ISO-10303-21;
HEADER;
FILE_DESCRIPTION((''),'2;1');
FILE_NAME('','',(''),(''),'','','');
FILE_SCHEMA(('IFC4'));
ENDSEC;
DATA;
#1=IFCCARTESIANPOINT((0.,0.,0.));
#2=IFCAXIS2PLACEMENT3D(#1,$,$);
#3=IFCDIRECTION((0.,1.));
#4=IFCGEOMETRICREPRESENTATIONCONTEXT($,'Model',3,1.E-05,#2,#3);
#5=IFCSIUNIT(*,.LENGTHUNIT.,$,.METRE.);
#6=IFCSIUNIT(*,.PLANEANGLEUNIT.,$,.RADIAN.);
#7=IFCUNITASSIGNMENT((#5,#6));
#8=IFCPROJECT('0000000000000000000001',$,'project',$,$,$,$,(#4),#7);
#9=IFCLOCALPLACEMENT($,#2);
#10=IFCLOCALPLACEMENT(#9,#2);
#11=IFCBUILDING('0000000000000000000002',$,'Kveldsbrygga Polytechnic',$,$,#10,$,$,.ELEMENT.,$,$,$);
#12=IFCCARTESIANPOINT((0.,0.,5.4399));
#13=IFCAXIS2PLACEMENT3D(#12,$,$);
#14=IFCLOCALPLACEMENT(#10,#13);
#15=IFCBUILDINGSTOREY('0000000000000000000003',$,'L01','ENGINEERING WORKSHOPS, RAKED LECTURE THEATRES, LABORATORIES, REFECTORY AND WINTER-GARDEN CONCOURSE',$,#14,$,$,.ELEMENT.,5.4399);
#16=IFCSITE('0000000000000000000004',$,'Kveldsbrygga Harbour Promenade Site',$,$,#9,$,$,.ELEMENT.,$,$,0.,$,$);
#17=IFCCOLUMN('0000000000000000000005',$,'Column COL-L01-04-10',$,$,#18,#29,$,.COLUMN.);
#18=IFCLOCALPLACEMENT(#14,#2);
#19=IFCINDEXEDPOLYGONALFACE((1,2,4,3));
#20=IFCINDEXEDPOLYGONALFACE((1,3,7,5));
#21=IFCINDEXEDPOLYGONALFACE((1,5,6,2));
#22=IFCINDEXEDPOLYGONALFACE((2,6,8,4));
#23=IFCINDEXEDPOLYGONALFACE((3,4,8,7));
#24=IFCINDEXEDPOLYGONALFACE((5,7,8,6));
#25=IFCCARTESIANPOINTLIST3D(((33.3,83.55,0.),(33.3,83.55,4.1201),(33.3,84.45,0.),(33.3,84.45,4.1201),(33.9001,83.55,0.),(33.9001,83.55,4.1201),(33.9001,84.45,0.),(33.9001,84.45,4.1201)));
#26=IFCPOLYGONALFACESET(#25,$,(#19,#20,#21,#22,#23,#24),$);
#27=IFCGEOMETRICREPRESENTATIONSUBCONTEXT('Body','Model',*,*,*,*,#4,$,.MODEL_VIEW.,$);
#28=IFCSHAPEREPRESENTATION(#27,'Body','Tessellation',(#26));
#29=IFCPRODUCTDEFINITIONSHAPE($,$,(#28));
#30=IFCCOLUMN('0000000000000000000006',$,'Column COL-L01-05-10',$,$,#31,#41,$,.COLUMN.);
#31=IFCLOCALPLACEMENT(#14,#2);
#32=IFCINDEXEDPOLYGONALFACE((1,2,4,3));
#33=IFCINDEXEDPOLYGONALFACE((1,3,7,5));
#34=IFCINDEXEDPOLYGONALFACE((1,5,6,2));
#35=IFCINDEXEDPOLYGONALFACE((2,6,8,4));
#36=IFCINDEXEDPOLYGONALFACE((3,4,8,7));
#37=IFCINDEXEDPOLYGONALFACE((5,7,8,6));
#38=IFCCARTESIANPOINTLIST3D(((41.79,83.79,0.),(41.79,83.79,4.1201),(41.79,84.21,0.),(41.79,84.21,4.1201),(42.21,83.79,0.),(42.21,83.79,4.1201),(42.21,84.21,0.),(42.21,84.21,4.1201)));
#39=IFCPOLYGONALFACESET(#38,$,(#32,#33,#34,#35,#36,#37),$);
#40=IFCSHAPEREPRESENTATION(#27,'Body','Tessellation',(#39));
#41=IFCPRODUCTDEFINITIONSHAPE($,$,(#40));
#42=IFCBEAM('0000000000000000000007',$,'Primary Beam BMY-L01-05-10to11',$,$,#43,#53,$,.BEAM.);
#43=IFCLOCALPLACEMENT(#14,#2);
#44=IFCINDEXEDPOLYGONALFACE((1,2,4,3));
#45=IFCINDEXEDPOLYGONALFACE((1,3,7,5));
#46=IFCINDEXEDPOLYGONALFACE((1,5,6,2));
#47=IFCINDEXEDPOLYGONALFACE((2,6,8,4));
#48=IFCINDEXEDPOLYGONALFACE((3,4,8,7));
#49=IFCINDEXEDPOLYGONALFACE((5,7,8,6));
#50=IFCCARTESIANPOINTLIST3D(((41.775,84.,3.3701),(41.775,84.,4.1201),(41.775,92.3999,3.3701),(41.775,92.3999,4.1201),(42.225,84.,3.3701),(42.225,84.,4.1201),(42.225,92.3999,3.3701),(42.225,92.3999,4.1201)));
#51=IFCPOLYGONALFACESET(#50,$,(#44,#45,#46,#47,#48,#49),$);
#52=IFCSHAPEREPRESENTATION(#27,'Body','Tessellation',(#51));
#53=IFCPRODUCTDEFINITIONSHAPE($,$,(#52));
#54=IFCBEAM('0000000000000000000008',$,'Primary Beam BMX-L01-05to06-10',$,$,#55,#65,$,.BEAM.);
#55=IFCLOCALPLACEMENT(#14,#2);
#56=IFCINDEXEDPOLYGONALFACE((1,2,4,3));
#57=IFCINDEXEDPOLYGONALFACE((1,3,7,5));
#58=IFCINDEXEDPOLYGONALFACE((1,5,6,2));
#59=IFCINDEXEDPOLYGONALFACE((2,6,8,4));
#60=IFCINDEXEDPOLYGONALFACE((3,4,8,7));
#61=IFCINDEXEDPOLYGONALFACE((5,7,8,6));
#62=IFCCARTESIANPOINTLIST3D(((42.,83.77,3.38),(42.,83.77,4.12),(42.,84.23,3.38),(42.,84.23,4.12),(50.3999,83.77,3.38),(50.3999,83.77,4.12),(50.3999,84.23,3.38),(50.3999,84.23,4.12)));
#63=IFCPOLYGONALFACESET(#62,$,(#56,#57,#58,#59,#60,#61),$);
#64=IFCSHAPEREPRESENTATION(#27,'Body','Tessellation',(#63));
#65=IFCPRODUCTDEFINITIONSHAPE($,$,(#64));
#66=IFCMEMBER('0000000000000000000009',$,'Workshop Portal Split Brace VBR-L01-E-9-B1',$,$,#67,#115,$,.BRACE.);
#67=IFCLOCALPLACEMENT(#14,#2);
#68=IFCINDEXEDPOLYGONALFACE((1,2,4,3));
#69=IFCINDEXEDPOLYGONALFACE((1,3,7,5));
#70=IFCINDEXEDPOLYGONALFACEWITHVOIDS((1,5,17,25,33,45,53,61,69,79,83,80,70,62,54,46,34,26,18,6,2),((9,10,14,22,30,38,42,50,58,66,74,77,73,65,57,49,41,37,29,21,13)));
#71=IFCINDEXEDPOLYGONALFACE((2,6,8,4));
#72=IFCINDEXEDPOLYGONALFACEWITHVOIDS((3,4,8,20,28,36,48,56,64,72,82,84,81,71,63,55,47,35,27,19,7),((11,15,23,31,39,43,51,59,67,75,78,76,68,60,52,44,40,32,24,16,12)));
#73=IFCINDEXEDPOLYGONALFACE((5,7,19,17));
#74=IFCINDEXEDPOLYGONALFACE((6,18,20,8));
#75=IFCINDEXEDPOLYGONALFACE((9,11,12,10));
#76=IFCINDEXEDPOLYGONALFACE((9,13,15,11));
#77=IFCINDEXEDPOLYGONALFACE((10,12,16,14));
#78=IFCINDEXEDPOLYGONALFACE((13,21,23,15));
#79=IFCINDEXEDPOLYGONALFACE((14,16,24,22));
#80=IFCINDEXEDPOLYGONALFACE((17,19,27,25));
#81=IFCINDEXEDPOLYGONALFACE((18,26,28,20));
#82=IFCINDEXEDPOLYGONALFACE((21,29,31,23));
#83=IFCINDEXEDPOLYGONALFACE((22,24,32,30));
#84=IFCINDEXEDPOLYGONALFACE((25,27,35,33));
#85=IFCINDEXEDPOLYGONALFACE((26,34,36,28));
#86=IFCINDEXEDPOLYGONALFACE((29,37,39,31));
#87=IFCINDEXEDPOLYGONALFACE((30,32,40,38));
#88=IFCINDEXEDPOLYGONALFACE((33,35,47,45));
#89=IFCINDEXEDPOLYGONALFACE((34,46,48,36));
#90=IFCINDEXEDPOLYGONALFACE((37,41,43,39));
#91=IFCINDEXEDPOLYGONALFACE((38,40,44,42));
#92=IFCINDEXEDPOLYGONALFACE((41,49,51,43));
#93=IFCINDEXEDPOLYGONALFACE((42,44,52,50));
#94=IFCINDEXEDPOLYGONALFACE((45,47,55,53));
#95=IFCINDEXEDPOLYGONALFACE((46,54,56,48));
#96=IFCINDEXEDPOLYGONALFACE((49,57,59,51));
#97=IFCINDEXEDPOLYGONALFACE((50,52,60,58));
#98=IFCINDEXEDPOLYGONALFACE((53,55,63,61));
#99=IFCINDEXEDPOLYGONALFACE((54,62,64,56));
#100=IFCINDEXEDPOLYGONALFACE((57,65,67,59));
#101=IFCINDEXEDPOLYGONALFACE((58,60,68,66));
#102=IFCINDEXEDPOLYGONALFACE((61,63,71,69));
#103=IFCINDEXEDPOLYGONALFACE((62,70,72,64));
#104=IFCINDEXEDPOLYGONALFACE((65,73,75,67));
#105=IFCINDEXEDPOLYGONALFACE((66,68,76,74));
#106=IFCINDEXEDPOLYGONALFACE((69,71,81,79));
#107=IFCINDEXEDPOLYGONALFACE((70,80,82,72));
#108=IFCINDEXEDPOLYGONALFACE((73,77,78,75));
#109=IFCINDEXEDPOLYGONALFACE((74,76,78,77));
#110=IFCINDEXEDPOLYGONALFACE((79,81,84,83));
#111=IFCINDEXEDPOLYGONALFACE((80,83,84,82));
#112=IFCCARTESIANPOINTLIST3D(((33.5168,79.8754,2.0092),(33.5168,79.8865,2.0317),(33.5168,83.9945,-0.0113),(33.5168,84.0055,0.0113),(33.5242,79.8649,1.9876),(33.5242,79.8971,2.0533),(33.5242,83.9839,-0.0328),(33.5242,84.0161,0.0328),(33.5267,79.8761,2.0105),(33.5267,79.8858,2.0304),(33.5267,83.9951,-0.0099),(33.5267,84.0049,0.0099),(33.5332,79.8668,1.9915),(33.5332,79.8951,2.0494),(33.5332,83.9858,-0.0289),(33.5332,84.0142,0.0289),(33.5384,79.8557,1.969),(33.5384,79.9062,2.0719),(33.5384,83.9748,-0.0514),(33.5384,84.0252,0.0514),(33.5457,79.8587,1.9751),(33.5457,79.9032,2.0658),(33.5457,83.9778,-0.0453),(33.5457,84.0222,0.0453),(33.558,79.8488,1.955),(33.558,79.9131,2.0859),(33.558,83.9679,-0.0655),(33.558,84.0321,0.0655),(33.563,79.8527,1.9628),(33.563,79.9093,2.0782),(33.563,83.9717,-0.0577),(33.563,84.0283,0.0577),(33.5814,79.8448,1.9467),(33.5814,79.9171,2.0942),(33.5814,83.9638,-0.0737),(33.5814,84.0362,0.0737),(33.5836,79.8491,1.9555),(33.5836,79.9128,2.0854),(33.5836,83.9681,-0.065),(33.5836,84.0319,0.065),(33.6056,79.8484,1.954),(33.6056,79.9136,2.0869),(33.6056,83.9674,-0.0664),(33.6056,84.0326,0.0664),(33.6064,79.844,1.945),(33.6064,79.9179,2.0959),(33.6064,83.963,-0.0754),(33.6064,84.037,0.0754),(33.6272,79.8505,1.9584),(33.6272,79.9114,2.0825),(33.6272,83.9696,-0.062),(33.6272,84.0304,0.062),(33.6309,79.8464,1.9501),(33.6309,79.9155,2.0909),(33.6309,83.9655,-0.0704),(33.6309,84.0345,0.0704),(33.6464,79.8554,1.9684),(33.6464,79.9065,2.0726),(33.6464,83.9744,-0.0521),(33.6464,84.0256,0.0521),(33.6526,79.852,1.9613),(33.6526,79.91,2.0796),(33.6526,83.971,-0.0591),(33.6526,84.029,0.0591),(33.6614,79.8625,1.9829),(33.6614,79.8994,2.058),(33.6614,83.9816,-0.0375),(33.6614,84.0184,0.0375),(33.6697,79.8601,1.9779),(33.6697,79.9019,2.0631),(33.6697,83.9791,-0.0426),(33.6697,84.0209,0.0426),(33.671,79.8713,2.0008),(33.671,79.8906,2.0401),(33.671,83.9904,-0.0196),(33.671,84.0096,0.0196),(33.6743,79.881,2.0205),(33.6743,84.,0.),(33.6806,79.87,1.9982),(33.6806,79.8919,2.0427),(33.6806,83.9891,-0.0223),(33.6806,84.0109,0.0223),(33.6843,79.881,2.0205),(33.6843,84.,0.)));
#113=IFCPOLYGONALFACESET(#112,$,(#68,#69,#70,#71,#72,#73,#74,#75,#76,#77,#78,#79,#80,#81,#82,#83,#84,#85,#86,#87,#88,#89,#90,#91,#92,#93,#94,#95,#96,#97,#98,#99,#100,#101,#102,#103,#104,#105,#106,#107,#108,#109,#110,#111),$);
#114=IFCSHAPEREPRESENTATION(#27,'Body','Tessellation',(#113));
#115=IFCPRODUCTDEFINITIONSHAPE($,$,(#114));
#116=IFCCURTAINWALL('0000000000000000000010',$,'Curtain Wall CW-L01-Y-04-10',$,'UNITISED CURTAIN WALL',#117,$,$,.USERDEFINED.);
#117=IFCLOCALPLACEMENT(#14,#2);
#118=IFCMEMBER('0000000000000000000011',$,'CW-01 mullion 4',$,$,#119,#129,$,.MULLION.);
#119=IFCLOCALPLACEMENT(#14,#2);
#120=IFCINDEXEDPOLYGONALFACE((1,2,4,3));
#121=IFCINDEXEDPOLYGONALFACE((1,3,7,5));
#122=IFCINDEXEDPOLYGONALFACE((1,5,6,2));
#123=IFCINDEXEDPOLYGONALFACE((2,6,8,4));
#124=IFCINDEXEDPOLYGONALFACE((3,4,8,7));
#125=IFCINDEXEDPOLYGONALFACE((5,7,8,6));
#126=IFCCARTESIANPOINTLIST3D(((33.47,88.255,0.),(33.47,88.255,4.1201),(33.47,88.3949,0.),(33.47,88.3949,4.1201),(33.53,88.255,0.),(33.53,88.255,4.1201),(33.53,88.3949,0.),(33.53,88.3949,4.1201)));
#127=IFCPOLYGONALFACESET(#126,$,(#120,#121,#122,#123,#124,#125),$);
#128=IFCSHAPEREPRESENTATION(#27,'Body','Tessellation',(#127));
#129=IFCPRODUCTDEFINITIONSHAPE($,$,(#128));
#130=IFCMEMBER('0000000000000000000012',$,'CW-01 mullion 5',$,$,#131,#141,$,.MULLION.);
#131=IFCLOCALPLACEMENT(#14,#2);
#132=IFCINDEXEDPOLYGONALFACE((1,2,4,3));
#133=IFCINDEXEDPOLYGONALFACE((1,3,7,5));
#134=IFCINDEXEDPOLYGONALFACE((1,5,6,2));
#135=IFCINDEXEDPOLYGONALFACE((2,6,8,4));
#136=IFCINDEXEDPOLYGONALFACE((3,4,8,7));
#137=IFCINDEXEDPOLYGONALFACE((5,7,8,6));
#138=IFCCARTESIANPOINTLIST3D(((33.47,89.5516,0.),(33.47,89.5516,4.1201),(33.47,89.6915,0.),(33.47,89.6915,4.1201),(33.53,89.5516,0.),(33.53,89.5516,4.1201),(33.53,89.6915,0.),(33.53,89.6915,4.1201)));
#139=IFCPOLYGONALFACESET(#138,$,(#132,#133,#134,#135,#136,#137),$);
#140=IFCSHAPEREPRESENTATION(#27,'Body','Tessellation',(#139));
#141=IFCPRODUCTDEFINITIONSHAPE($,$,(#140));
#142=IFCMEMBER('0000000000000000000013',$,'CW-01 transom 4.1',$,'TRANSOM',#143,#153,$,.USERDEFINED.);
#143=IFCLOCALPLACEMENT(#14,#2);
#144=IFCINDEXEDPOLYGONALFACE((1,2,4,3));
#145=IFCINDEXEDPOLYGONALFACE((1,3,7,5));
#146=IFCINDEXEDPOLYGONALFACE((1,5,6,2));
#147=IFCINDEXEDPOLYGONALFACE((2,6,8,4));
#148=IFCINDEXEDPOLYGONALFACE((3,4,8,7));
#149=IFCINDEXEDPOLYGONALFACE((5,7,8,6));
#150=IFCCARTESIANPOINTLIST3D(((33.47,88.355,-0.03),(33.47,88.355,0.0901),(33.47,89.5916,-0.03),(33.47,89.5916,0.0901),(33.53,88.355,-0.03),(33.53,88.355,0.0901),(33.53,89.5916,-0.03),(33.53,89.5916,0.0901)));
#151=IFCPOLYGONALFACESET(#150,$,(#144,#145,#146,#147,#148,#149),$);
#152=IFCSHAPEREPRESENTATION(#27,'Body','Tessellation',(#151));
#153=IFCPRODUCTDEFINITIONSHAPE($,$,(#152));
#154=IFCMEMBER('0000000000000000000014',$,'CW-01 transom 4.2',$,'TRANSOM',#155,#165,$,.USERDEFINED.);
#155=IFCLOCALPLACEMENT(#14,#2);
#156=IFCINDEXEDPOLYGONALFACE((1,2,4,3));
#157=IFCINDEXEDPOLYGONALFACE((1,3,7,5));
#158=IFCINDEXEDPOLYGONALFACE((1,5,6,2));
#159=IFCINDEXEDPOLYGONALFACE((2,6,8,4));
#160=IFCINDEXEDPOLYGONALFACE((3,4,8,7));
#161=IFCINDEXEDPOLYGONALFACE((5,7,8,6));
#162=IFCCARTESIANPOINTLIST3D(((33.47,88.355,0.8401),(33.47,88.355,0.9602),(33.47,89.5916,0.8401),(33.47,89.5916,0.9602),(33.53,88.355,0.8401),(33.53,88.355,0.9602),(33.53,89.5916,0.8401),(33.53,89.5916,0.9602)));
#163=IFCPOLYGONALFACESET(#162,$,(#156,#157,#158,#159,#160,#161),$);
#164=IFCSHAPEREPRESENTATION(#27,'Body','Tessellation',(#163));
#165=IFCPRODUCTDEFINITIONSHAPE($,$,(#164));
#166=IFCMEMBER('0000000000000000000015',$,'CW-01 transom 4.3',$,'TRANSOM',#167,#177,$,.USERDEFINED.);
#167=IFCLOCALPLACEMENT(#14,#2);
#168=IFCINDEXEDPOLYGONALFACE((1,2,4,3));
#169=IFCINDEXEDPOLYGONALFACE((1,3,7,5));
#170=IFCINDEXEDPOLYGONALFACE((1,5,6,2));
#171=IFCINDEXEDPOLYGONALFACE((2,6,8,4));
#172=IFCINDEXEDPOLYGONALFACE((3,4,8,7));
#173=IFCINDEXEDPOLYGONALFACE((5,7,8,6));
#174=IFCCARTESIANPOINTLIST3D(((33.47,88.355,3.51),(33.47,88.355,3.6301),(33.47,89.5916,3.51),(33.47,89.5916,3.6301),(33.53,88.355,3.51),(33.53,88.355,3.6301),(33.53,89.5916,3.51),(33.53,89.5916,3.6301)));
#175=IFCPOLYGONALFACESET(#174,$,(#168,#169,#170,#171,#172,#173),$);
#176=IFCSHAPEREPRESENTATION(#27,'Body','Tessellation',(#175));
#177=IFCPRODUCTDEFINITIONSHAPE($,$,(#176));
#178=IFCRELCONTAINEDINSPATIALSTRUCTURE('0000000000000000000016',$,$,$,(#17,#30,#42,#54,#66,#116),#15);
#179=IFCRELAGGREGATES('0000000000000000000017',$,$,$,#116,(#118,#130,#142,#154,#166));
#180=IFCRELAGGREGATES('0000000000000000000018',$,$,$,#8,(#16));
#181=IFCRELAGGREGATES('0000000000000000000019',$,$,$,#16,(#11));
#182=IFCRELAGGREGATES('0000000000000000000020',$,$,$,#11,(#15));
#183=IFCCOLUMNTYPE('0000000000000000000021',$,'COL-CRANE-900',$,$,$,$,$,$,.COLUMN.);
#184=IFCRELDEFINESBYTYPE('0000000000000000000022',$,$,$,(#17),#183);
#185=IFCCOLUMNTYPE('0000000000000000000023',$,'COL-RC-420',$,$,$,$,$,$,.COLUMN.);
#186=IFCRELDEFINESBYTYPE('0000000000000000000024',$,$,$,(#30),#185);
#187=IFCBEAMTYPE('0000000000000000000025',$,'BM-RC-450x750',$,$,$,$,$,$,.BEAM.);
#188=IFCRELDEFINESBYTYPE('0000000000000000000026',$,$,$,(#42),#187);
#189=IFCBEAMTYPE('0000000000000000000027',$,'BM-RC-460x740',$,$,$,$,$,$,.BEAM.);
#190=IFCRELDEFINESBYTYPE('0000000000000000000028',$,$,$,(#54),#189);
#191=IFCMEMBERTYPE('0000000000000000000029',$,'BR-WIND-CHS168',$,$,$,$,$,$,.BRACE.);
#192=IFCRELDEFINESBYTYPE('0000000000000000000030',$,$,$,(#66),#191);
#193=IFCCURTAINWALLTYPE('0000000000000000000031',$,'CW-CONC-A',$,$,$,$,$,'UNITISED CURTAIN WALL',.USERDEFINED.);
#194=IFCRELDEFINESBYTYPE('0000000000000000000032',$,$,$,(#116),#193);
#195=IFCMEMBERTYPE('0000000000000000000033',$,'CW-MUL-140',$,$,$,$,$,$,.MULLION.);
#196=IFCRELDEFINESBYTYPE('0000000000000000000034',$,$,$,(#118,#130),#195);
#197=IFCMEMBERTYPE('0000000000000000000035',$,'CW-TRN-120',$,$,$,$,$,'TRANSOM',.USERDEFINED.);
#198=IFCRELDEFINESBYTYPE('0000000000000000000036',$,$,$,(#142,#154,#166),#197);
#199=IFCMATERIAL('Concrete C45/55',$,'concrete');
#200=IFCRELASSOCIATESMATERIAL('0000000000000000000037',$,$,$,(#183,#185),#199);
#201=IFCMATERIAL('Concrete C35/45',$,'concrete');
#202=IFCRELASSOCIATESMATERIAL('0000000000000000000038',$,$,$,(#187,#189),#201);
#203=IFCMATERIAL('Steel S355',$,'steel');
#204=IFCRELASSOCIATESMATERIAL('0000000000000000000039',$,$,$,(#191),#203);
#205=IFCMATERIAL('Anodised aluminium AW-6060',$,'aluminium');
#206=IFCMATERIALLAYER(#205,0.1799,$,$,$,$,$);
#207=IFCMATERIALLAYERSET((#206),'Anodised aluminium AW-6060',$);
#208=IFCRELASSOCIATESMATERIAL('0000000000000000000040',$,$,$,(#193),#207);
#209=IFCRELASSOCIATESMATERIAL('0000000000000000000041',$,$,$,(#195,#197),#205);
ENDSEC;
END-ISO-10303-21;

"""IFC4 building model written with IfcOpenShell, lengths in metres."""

from ifc_helpers import new_model, si_unit, direction, frame, origin, origin_2d, place, context, subcontext, project, spatial, rectangle, hollow_circle, extrude, material, layer, layer_set, material_profile, profile_set, type_object, element, aggregate, save


model = new_model("IFC4")

# Units and contexts
model_context = context("Model", 3, precision=1e-05, world=origin(), true_north=direction((0.0, 1.0)))
body_context = subcontext(model_context, "Body", "Model", "MODEL_VIEW")
ifc_project = project(units=[si_unit("LENGTHUNIT", "METRE"), si_unit("PLANEANGLEUNIT", "RADIAN")], contexts=[model_context])

# Site, building, storey
site_placement = place(None, origin())
site = spatial("IfcSite", under=ifc_project, at=site_placement, Name="Kveldsbrygga Harbour Promenade Site", CompositionType="ELEMENT", RefElevation=0.0)
building_placement = place(site_placement, origin())
building = spatial("IfcBuilding", under=site, at=building_placement, Name="Kveldsbrygga Polytechnic", CompositionType="ELEMENT")
storey_placement = place(building_placement, frame((0.0, 0.0, 5.4399)))
storey = spatial("IfcBuildingStorey", under=building, at=storey_placement, Name="L01", Description="ENGINEERING WORKSHOPS, RAKED LECTURE THEATRES, LABORATORIES, REFECTORY AND WINTER-GARDEN CONCOURSE", CompositionType="ELEMENT", Elevation=5.4399)

# Columns
ifc_material_1 = material(Name="Concrete C45/55", Category="concrete")
ifc_material_profile_1 = material_profile(ifc_material_1, rectangle(XDim=0.6001, YDim=0.8999, at=origin_2d()), Name="RC 600x900")
ifc_profile_set_1 = profile_set([ifc_material_profile_1], Name="Concrete C45/55")
column_type_1 = type_object("IfcColumnType", Name="COL-CRANE-900", PredefinedType="COLUMN", material=ifc_profile_set_1)
column_1_placement = place(storey_placement, frame((33.6001, 84.0, 0.0), z_axis=(0.0, 0.0, 1.0), x_axis=(1.0, 0.0, 0.0)))
element("IfcColumn", 1, at=column_1_placement, inside=storey, type_object=column_type_1, Name="Column COL-L01-04-10", PredefinedType="COLUMN", context=body_context, shape_type="SweptSolid", body=[
    extrude(rectangle(XDim=0.6001, YDim=0.8999, at=origin_2d()), origin(), (0.0, 0.0, 1.0), 4.1201),
])
ifc_material_profile_2 = material_profile(ifc_material_1, rectangle(XDim=0.4199, YDim=0.4199, at=origin_2d()), Name="RC 420x420")
ifc_profile_set_2 = profile_set([ifc_material_profile_2], Name="Concrete C45/55")
column_type_2 = type_object("IfcColumnType", Name="COL-RC-420", PredefinedType="COLUMN", material=ifc_profile_set_2)
column_2_placement = place(storey_placement, frame((42.0, 84.0, 0.0), z_axis=(0.0, 0.0, 1.0), x_axis=(1.0, 0.0, 0.0)))
element("IfcColumn", 2, at=column_2_placement, inside=storey, type_object=column_type_2, Name="Column COL-L01-05-10", PredefinedType="COLUMN", context=body_context, shape_type="SweptSolid", body=[
    extrude(rectangle(XDim=0.4199, YDim=0.4199, at=origin_2d()), origin(), (0.0, 0.0, 1.0), 4.1201),
])

# Beams
ifc_material_2 = material(Name="Concrete C35/45", Category="concrete")
ifc_material_profile_3 = material_profile(ifc_material_2, rectangle(XDim=0.45, YDim=0.75, at=origin_2d()), Name="RC 450x750")
ifc_profile_set_3 = profile_set([ifc_material_profile_3], Name="Concrete C35/45")
beam_type_1 = type_object("IfcBeamType", Name="BM-RC-450x750", PredefinedType="BEAM", material=ifc_profile_set_3)
beam_1_placement = place(storey_placement, frame((42.0, 84.0, 3.7451), z_axis=(0.0, 1.0, 0.0), x_axis=(-1.0, 0.0, 0.0)))
element("IfcBeam", 3, at=beam_1_placement, inside=storey, type_object=beam_type_1, Name="Primary Beam BMY-L01-05-10to11", PredefinedType="BEAM", context=body_context, shape_type="SweptSolid", body=[
    extrude(rectangle(XDim=0.45, YDim=0.75, at=origin_2d()), origin(), (0.0, 0.0, 1.0), 8.3999),
])
ifc_material_profile_4 = material_profile(ifc_material_2, rectangle(XDim=0.46, YDim=0.74, at=origin_2d()), Name="RC 460x740")
ifc_profile_set_4 = profile_set([ifc_material_profile_4], Name="Concrete C35/45")
beam_type_2 = type_object("IfcBeamType", Name="BM-RC-460x740", PredefinedType="BEAM", material=ifc_profile_set_4)
beam_2_placement = place(storey_placement, frame((42.0, 84.0, 3.75), z_axis=(1.0, 0.0, 0.0), x_axis=(0.0, 1.0, 0.0)))
element("IfcBeam", 4, at=beam_2_placement, inside=storey, type_object=beam_type_2, Name="Primary Beam BMX-L01-05to06-10", PredefinedType="BEAM", context=body_context, shape_type="SweptSolid", body=[
    extrude(rectangle(XDim=0.46, YDim=0.74, at=origin_2d()), origin(), (0.0, 0.0, 1.0), 8.3999),
])

# Member
ifc_material_3 = material(Name="Steel S355", Category="steel")
ifc_material_profile_5 = material_profile(ifc_material_3, hollow_circle(Radius=0.0842, WallThickness=0.01, at=origin_2d()), Name="CHS 168.3x10.0")
ifc_profile_set_5 = profile_set([ifc_material_profile_5], Name="Steel S355")
member_type_1 = type_object("IfcMemberType", Name="BR-WIND-CHS168", PredefinedType="BRACE", material=ifc_profile_set_5)
member_1_placement = place(storey_placement, frame((33.6001, 84.0, 0.0), z_axis=(0.0, -0.897807, 0.440389), x_axis=(1.0, 0.0, 0.0)))
element("IfcMember", 5, at=member_1_placement, inside=storey, type_object=member_type_1, Name="Workshop Portal Split Brace VBR-L01-E-9-B1", PredefinedType="BRACE", context=body_context, shape_type="SweptSolid", body=[
    extrude(hollow_circle(Radius=0.0842, WallThickness=0.01, at=origin_2d()), origin(), (0.0, 0.0, 1.0), 4.5879),
])

# Curtain wall, members
ifc_material_4 = material(Name="Anodised aluminium AW-6060", Category="aluminium")
ifc_layer_1 = layer(ifc_material_4, 0.1799)
ifc_layer_set_1 = layer_set([ifc_layer_1], Name="Anodised aluminium AW-6060")
curtain_wall_type = type_object("IfcCurtainWallType", Name="CW-CONC-A", ElementType="UNITISED CURTAIN WALL", PredefinedType="USERDEFINED", material=ifc_layer_set_1)
curtain_wall_placement = place(storey_placement, origin())
curtain_wall = element("IfcCurtainWall", 6, at=curtain_wall_placement, inside=storey, type_object=curtain_wall_type, Name="Curtain Wall CW-L01-Y-04-10", ObjectType="UNITISED CURTAIN WALL", PredefinedType="USERDEFINED")
ifc_material_profile_6 = material_profile(ifc_material_4, rectangle(XDim=0.0601, YDim=0.1399, at=origin_2d()), Name="ALU 60x140")
ifc_profile_set_6 = profile_set([ifc_material_profile_6], Name="Anodised aluminium AW-6060")
member_type_2 = type_object("IfcMemberType", Name="CW-MUL-140", PredefinedType="MULLION", material=ifc_profile_set_6)
member_2_placement = place(storey_placement, frame((33.5, 88.325, 0.0), z_axis=(0.0, 0.0, 1.0), x_axis=(-1.0, 0.0, 0.0)))
member_2 = element("IfcMember", 7, at=member_2_placement, type_object=member_type_2, Name="CW-01 mullion 4", PredefinedType="MULLION", context=body_context, shape_type="SweptSolid", body=[
    extrude(rectangle(XDim=0.0601, YDim=0.1399, at=origin_2d()), origin(), (0.0, 0.0, 1.0), 4.1201),
])
member_3_placement = place(storey_placement, frame((33.5, 89.6216, 0.0), z_axis=(0.0, 0.0, 1.0), x_axis=(-1.0, 0.0, 0.0)))
member_3 = element("IfcMember", 8, at=member_3_placement, type_object=member_type_2, Name="CW-01 mullion 5", PredefinedType="MULLION", context=body_context, shape_type="SweptSolid", body=[
    extrude(rectangle(XDim=0.0601, YDim=0.1399, at=origin_2d()), origin(), (0.0, 0.0, 1.0), 4.1201),
])
ifc_material_profile_7 = material_profile(ifc_material_4, rectangle(XDim=0.0601, YDim=0.1201, at=origin_2d()), Name="ALU 60x120")
ifc_profile_set_7 = profile_set([ifc_material_profile_7], Name="Anodised aluminium AW-6060")
member_type_3 = type_object("IfcMemberType", Name="CW-TRN-120", ElementType="TRANSOM", PredefinedType="USERDEFINED", material=ifc_profile_set_7)
member_4_placement = place(storey_placement, frame((33.5, 88.355, 0.03), z_axis=(0.0, 1.0, 0.0), x_axis=(-1.0, 0.0, 0.0)))
member_4 = element("IfcMember", 9, at=member_4_placement, type_object=member_type_3, Name="CW-01 transom 4.1", ObjectType="TRANSOM", PredefinedType="USERDEFINED", context=body_context, shape_type="SweptSolid", body=[
    extrude(rectangle(XDim=0.0601, YDim=0.1201, at=origin_2d()), origin(), (0.0, 0.0, 1.0), 1.2366),
])
member_5_placement = place(storey_placement, frame((33.5, 88.355, 0.9001), z_axis=(0.0, 1.0, 0.0), x_axis=(-1.0, 0.0, 0.0)))
member_5 = element("IfcMember", 10, at=member_5_placement, type_object=member_type_3, Name="CW-01 transom 4.2", ObjectType="TRANSOM", PredefinedType="USERDEFINED", context=body_context, shape_type="SweptSolid", body=[
    extrude(rectangle(XDim=0.0601, YDim=0.1201, at=origin_2d()), origin(), (0.0, 0.0, 1.0), 1.2366),
])
member_6_placement = place(storey_placement, frame((33.5, 88.355, 3.5701), z_axis=(0.0, 1.0, 0.0), x_axis=(-1.0, 0.0, 0.0)))
member_6 = element("IfcMember", 11, at=member_6_placement, type_object=member_type_3, Name="CW-01 transom 4.3", ObjectType="TRANSOM", PredefinedType="USERDEFINED", context=body_context, shape_type="SweptSolid", body=[
    extrude(rectangle(XDim=0.0601, YDim=0.1201, at=origin_2d()), origin(), (0.0, 0.0, 1.0), 1.2366),
])

aggregate(curtain_wall, [member_2, member_3, member_4, member_5, member_6])

save(model, "model.ifc")
